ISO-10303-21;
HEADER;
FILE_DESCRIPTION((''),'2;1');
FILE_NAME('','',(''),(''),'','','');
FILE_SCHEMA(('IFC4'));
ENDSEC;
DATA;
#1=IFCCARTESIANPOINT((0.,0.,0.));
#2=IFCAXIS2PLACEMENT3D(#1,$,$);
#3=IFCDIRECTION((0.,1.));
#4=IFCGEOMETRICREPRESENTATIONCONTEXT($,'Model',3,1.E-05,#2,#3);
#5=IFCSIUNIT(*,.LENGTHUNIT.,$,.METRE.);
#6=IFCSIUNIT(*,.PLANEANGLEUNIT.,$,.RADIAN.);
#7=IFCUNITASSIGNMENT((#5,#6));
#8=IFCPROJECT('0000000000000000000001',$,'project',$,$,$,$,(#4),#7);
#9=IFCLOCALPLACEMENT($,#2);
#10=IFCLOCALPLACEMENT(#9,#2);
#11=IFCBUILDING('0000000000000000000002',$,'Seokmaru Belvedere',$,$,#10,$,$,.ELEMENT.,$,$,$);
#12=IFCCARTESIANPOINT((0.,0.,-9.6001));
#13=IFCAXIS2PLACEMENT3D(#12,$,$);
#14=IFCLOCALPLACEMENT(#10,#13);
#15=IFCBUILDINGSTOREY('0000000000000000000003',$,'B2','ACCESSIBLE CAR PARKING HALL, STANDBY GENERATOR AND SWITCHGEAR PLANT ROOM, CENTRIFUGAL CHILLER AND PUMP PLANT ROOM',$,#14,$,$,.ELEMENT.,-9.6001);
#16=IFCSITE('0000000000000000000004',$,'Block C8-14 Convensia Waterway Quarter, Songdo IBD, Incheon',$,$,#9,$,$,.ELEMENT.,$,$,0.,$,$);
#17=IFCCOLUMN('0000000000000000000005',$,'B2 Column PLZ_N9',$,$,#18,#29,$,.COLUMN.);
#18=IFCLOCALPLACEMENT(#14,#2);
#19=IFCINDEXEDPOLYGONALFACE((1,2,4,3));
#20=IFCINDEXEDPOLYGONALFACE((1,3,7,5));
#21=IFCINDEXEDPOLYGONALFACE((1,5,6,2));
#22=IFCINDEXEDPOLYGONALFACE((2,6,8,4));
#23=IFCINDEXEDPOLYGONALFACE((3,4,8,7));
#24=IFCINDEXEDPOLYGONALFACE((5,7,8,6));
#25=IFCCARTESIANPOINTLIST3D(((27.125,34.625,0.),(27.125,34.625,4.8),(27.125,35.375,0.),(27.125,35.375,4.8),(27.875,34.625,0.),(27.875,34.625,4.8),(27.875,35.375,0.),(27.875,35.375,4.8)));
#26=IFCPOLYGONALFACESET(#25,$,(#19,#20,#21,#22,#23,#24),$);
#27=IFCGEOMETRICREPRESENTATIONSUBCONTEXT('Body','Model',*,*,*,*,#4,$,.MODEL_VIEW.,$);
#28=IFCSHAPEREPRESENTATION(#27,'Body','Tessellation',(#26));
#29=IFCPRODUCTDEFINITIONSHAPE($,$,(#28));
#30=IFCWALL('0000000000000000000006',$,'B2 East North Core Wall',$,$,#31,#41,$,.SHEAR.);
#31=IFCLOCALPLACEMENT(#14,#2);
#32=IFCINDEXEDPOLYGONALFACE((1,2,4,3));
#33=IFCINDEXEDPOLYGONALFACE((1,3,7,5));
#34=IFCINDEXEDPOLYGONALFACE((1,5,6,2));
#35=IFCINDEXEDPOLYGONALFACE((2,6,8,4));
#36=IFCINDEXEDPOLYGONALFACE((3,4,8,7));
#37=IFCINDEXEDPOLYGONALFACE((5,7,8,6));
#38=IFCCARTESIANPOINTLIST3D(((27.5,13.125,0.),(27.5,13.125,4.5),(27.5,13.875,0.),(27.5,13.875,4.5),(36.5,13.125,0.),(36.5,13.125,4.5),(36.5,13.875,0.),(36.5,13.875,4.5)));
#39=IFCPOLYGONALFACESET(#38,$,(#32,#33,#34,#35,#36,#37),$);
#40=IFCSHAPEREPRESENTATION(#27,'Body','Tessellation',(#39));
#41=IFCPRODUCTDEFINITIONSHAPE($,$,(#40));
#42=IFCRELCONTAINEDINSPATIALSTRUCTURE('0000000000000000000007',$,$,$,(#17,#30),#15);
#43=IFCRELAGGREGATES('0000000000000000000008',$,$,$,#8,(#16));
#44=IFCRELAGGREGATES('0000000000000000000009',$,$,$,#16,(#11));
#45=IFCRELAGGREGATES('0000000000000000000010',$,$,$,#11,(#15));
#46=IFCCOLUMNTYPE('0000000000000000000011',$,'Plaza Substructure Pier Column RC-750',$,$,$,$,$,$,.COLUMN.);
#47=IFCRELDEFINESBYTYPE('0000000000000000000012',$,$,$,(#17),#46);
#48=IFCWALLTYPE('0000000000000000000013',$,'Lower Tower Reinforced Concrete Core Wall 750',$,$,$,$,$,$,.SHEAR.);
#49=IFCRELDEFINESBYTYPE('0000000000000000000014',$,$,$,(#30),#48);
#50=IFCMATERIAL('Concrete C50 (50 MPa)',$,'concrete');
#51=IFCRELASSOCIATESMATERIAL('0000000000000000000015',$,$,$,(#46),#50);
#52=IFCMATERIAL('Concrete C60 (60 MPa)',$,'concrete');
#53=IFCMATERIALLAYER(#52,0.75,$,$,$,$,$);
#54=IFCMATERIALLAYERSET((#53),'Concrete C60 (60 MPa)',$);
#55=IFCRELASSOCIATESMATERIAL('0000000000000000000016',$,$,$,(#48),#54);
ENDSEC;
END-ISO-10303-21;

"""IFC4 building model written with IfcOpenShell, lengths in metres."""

from ifc_helpers import new_model, si_unit, direction, frame, frame_2d, origin, origin_2d, place, context, subcontext, project, spatial, rectangle, extrude, source, transform, mapped, material, layer, layer_set, material_profile, profile_set, type_object, type_shapes, element, save


model = new_model("IFC4")

# Units and contexts
model_context = context("Model", 3, precision=1e-05, world=origin(), true_north=direction((0.0, 1.0)))
body_context = subcontext(model_context, "Body", "Model", "MODEL_VIEW")
ifc_project = project(units=[si_unit("LENGTHUNIT", "METRE"), si_unit("PLANEANGLEUNIT", "RADIAN")], contexts=[model_context])

# Site, building, storey
site_placement = place(None, origin())
site = spatial("IfcSite", under=ifc_project, at=site_placement, Name="Block C8-14 Convensia Waterway Quarter, Songdo IBD, Incheon", CompositionType="ELEMENT", RefElevation=0.0)
building_placement = place(site_placement, origin())
building = spatial("IfcBuilding", under=site, at=building_placement, Name="Seokmaru Belvedere", CompositionType="ELEMENT")
storey_placement = place(building_placement, frame((0.0, 0.0, -9.6001)))
storey = spatial("IfcBuildingStorey", under=building, at=storey_placement, Name="B2", Description="ACCESSIBLE CAR PARKING HALL, STANDBY GENERATOR AND SWITCHGEAR PLANT ROOM, CENTRIFUGAL CHILLER AND PUMP PLANT ROOM", CompositionType="ELEMENT", Elevation=-9.6001)

# Shared definitions
ifc_material_1 = material(Name="Concrete C50 (50 MPa)", Category="concrete")

# Column
ifc_material_2 = material(Name="Concrete C60 (60 MPa)", Category="concrete")
ifc_material_profile_1 = material_profile(ifc_material_1, rectangle(XDim=0.75, YDim=0.75, at=origin_2d()), Name="RC-750x750")
ifc_profile_set_1 = profile_set([ifc_material_profile_1], Name="Concrete C50 (50 MPa)")
column_type_1 = type_object("IfcColumnType", Name="Plaza Substructure Pier Column RC-750", PredefinedType="COLUMN", material=ifc_profile_set_1)
shared_shape_1 = source(origin(), body_context, "Body", "SweptSolid", [
    extrude(rectangle(XDim=0.75, YDim=0.75, at=origin_2d()), origin(), (0.0, 0.0, 1.0), 4.8),
])
type_shapes(column_type_1, [shared_shape_1])
for number, where, z_axis, x_axis, name in (
    (1, (27.5, 35.0, 0.0), (0.0, 0.0, 1.0), (1.0, 0.0, 0.0), "B2 Column PLZ_N9"),
):
    element("IfcColumn", number, at=place(storey_placement, frame(where, z_axis=z_axis, x_axis=x_axis)), inside=storey, type_object=column_type_1, Name=name, PredefinedType="COLUMN", context=body_context, shape_type="MappedRepresentation", body=[
        mapped(shared_shape_1, transform((0.0, 0.0, 0.0), scale=1.0)),
    ])

# Wall
ifc_layer_1 = layer(ifc_material_2, 0.75)
ifc_layer_set_1 = layer_set([ifc_layer_1], Name="Concrete C60 (60 MPa)")
wall_type = type_object("IfcWallType", Name="Lower Tower Reinforced Concrete Core Wall 750", PredefinedType="SHEAR", material=ifc_layer_set_1)
wall_placement = place(storey_placement, frame((27.5, 13.5, 0.0), z_axis=(0.0, 0.0, 1.0), x_axis=(1.0, 0.0, 0.0)))
element("IfcWall", 2, at=wall_placement, inside=storey, type_object=wall_type, Name="B2 East North Core Wall", PredefinedType="SHEAR", context=body_context, shape_type="SweptSolid", body=[
    extrude(rectangle(XDim=9.0, YDim=0.75, at=frame_2d((4.5, 0.0))), origin(), (0.0, 0.0, 1.0), 4.5),
])

save(model, "model.ifc")
